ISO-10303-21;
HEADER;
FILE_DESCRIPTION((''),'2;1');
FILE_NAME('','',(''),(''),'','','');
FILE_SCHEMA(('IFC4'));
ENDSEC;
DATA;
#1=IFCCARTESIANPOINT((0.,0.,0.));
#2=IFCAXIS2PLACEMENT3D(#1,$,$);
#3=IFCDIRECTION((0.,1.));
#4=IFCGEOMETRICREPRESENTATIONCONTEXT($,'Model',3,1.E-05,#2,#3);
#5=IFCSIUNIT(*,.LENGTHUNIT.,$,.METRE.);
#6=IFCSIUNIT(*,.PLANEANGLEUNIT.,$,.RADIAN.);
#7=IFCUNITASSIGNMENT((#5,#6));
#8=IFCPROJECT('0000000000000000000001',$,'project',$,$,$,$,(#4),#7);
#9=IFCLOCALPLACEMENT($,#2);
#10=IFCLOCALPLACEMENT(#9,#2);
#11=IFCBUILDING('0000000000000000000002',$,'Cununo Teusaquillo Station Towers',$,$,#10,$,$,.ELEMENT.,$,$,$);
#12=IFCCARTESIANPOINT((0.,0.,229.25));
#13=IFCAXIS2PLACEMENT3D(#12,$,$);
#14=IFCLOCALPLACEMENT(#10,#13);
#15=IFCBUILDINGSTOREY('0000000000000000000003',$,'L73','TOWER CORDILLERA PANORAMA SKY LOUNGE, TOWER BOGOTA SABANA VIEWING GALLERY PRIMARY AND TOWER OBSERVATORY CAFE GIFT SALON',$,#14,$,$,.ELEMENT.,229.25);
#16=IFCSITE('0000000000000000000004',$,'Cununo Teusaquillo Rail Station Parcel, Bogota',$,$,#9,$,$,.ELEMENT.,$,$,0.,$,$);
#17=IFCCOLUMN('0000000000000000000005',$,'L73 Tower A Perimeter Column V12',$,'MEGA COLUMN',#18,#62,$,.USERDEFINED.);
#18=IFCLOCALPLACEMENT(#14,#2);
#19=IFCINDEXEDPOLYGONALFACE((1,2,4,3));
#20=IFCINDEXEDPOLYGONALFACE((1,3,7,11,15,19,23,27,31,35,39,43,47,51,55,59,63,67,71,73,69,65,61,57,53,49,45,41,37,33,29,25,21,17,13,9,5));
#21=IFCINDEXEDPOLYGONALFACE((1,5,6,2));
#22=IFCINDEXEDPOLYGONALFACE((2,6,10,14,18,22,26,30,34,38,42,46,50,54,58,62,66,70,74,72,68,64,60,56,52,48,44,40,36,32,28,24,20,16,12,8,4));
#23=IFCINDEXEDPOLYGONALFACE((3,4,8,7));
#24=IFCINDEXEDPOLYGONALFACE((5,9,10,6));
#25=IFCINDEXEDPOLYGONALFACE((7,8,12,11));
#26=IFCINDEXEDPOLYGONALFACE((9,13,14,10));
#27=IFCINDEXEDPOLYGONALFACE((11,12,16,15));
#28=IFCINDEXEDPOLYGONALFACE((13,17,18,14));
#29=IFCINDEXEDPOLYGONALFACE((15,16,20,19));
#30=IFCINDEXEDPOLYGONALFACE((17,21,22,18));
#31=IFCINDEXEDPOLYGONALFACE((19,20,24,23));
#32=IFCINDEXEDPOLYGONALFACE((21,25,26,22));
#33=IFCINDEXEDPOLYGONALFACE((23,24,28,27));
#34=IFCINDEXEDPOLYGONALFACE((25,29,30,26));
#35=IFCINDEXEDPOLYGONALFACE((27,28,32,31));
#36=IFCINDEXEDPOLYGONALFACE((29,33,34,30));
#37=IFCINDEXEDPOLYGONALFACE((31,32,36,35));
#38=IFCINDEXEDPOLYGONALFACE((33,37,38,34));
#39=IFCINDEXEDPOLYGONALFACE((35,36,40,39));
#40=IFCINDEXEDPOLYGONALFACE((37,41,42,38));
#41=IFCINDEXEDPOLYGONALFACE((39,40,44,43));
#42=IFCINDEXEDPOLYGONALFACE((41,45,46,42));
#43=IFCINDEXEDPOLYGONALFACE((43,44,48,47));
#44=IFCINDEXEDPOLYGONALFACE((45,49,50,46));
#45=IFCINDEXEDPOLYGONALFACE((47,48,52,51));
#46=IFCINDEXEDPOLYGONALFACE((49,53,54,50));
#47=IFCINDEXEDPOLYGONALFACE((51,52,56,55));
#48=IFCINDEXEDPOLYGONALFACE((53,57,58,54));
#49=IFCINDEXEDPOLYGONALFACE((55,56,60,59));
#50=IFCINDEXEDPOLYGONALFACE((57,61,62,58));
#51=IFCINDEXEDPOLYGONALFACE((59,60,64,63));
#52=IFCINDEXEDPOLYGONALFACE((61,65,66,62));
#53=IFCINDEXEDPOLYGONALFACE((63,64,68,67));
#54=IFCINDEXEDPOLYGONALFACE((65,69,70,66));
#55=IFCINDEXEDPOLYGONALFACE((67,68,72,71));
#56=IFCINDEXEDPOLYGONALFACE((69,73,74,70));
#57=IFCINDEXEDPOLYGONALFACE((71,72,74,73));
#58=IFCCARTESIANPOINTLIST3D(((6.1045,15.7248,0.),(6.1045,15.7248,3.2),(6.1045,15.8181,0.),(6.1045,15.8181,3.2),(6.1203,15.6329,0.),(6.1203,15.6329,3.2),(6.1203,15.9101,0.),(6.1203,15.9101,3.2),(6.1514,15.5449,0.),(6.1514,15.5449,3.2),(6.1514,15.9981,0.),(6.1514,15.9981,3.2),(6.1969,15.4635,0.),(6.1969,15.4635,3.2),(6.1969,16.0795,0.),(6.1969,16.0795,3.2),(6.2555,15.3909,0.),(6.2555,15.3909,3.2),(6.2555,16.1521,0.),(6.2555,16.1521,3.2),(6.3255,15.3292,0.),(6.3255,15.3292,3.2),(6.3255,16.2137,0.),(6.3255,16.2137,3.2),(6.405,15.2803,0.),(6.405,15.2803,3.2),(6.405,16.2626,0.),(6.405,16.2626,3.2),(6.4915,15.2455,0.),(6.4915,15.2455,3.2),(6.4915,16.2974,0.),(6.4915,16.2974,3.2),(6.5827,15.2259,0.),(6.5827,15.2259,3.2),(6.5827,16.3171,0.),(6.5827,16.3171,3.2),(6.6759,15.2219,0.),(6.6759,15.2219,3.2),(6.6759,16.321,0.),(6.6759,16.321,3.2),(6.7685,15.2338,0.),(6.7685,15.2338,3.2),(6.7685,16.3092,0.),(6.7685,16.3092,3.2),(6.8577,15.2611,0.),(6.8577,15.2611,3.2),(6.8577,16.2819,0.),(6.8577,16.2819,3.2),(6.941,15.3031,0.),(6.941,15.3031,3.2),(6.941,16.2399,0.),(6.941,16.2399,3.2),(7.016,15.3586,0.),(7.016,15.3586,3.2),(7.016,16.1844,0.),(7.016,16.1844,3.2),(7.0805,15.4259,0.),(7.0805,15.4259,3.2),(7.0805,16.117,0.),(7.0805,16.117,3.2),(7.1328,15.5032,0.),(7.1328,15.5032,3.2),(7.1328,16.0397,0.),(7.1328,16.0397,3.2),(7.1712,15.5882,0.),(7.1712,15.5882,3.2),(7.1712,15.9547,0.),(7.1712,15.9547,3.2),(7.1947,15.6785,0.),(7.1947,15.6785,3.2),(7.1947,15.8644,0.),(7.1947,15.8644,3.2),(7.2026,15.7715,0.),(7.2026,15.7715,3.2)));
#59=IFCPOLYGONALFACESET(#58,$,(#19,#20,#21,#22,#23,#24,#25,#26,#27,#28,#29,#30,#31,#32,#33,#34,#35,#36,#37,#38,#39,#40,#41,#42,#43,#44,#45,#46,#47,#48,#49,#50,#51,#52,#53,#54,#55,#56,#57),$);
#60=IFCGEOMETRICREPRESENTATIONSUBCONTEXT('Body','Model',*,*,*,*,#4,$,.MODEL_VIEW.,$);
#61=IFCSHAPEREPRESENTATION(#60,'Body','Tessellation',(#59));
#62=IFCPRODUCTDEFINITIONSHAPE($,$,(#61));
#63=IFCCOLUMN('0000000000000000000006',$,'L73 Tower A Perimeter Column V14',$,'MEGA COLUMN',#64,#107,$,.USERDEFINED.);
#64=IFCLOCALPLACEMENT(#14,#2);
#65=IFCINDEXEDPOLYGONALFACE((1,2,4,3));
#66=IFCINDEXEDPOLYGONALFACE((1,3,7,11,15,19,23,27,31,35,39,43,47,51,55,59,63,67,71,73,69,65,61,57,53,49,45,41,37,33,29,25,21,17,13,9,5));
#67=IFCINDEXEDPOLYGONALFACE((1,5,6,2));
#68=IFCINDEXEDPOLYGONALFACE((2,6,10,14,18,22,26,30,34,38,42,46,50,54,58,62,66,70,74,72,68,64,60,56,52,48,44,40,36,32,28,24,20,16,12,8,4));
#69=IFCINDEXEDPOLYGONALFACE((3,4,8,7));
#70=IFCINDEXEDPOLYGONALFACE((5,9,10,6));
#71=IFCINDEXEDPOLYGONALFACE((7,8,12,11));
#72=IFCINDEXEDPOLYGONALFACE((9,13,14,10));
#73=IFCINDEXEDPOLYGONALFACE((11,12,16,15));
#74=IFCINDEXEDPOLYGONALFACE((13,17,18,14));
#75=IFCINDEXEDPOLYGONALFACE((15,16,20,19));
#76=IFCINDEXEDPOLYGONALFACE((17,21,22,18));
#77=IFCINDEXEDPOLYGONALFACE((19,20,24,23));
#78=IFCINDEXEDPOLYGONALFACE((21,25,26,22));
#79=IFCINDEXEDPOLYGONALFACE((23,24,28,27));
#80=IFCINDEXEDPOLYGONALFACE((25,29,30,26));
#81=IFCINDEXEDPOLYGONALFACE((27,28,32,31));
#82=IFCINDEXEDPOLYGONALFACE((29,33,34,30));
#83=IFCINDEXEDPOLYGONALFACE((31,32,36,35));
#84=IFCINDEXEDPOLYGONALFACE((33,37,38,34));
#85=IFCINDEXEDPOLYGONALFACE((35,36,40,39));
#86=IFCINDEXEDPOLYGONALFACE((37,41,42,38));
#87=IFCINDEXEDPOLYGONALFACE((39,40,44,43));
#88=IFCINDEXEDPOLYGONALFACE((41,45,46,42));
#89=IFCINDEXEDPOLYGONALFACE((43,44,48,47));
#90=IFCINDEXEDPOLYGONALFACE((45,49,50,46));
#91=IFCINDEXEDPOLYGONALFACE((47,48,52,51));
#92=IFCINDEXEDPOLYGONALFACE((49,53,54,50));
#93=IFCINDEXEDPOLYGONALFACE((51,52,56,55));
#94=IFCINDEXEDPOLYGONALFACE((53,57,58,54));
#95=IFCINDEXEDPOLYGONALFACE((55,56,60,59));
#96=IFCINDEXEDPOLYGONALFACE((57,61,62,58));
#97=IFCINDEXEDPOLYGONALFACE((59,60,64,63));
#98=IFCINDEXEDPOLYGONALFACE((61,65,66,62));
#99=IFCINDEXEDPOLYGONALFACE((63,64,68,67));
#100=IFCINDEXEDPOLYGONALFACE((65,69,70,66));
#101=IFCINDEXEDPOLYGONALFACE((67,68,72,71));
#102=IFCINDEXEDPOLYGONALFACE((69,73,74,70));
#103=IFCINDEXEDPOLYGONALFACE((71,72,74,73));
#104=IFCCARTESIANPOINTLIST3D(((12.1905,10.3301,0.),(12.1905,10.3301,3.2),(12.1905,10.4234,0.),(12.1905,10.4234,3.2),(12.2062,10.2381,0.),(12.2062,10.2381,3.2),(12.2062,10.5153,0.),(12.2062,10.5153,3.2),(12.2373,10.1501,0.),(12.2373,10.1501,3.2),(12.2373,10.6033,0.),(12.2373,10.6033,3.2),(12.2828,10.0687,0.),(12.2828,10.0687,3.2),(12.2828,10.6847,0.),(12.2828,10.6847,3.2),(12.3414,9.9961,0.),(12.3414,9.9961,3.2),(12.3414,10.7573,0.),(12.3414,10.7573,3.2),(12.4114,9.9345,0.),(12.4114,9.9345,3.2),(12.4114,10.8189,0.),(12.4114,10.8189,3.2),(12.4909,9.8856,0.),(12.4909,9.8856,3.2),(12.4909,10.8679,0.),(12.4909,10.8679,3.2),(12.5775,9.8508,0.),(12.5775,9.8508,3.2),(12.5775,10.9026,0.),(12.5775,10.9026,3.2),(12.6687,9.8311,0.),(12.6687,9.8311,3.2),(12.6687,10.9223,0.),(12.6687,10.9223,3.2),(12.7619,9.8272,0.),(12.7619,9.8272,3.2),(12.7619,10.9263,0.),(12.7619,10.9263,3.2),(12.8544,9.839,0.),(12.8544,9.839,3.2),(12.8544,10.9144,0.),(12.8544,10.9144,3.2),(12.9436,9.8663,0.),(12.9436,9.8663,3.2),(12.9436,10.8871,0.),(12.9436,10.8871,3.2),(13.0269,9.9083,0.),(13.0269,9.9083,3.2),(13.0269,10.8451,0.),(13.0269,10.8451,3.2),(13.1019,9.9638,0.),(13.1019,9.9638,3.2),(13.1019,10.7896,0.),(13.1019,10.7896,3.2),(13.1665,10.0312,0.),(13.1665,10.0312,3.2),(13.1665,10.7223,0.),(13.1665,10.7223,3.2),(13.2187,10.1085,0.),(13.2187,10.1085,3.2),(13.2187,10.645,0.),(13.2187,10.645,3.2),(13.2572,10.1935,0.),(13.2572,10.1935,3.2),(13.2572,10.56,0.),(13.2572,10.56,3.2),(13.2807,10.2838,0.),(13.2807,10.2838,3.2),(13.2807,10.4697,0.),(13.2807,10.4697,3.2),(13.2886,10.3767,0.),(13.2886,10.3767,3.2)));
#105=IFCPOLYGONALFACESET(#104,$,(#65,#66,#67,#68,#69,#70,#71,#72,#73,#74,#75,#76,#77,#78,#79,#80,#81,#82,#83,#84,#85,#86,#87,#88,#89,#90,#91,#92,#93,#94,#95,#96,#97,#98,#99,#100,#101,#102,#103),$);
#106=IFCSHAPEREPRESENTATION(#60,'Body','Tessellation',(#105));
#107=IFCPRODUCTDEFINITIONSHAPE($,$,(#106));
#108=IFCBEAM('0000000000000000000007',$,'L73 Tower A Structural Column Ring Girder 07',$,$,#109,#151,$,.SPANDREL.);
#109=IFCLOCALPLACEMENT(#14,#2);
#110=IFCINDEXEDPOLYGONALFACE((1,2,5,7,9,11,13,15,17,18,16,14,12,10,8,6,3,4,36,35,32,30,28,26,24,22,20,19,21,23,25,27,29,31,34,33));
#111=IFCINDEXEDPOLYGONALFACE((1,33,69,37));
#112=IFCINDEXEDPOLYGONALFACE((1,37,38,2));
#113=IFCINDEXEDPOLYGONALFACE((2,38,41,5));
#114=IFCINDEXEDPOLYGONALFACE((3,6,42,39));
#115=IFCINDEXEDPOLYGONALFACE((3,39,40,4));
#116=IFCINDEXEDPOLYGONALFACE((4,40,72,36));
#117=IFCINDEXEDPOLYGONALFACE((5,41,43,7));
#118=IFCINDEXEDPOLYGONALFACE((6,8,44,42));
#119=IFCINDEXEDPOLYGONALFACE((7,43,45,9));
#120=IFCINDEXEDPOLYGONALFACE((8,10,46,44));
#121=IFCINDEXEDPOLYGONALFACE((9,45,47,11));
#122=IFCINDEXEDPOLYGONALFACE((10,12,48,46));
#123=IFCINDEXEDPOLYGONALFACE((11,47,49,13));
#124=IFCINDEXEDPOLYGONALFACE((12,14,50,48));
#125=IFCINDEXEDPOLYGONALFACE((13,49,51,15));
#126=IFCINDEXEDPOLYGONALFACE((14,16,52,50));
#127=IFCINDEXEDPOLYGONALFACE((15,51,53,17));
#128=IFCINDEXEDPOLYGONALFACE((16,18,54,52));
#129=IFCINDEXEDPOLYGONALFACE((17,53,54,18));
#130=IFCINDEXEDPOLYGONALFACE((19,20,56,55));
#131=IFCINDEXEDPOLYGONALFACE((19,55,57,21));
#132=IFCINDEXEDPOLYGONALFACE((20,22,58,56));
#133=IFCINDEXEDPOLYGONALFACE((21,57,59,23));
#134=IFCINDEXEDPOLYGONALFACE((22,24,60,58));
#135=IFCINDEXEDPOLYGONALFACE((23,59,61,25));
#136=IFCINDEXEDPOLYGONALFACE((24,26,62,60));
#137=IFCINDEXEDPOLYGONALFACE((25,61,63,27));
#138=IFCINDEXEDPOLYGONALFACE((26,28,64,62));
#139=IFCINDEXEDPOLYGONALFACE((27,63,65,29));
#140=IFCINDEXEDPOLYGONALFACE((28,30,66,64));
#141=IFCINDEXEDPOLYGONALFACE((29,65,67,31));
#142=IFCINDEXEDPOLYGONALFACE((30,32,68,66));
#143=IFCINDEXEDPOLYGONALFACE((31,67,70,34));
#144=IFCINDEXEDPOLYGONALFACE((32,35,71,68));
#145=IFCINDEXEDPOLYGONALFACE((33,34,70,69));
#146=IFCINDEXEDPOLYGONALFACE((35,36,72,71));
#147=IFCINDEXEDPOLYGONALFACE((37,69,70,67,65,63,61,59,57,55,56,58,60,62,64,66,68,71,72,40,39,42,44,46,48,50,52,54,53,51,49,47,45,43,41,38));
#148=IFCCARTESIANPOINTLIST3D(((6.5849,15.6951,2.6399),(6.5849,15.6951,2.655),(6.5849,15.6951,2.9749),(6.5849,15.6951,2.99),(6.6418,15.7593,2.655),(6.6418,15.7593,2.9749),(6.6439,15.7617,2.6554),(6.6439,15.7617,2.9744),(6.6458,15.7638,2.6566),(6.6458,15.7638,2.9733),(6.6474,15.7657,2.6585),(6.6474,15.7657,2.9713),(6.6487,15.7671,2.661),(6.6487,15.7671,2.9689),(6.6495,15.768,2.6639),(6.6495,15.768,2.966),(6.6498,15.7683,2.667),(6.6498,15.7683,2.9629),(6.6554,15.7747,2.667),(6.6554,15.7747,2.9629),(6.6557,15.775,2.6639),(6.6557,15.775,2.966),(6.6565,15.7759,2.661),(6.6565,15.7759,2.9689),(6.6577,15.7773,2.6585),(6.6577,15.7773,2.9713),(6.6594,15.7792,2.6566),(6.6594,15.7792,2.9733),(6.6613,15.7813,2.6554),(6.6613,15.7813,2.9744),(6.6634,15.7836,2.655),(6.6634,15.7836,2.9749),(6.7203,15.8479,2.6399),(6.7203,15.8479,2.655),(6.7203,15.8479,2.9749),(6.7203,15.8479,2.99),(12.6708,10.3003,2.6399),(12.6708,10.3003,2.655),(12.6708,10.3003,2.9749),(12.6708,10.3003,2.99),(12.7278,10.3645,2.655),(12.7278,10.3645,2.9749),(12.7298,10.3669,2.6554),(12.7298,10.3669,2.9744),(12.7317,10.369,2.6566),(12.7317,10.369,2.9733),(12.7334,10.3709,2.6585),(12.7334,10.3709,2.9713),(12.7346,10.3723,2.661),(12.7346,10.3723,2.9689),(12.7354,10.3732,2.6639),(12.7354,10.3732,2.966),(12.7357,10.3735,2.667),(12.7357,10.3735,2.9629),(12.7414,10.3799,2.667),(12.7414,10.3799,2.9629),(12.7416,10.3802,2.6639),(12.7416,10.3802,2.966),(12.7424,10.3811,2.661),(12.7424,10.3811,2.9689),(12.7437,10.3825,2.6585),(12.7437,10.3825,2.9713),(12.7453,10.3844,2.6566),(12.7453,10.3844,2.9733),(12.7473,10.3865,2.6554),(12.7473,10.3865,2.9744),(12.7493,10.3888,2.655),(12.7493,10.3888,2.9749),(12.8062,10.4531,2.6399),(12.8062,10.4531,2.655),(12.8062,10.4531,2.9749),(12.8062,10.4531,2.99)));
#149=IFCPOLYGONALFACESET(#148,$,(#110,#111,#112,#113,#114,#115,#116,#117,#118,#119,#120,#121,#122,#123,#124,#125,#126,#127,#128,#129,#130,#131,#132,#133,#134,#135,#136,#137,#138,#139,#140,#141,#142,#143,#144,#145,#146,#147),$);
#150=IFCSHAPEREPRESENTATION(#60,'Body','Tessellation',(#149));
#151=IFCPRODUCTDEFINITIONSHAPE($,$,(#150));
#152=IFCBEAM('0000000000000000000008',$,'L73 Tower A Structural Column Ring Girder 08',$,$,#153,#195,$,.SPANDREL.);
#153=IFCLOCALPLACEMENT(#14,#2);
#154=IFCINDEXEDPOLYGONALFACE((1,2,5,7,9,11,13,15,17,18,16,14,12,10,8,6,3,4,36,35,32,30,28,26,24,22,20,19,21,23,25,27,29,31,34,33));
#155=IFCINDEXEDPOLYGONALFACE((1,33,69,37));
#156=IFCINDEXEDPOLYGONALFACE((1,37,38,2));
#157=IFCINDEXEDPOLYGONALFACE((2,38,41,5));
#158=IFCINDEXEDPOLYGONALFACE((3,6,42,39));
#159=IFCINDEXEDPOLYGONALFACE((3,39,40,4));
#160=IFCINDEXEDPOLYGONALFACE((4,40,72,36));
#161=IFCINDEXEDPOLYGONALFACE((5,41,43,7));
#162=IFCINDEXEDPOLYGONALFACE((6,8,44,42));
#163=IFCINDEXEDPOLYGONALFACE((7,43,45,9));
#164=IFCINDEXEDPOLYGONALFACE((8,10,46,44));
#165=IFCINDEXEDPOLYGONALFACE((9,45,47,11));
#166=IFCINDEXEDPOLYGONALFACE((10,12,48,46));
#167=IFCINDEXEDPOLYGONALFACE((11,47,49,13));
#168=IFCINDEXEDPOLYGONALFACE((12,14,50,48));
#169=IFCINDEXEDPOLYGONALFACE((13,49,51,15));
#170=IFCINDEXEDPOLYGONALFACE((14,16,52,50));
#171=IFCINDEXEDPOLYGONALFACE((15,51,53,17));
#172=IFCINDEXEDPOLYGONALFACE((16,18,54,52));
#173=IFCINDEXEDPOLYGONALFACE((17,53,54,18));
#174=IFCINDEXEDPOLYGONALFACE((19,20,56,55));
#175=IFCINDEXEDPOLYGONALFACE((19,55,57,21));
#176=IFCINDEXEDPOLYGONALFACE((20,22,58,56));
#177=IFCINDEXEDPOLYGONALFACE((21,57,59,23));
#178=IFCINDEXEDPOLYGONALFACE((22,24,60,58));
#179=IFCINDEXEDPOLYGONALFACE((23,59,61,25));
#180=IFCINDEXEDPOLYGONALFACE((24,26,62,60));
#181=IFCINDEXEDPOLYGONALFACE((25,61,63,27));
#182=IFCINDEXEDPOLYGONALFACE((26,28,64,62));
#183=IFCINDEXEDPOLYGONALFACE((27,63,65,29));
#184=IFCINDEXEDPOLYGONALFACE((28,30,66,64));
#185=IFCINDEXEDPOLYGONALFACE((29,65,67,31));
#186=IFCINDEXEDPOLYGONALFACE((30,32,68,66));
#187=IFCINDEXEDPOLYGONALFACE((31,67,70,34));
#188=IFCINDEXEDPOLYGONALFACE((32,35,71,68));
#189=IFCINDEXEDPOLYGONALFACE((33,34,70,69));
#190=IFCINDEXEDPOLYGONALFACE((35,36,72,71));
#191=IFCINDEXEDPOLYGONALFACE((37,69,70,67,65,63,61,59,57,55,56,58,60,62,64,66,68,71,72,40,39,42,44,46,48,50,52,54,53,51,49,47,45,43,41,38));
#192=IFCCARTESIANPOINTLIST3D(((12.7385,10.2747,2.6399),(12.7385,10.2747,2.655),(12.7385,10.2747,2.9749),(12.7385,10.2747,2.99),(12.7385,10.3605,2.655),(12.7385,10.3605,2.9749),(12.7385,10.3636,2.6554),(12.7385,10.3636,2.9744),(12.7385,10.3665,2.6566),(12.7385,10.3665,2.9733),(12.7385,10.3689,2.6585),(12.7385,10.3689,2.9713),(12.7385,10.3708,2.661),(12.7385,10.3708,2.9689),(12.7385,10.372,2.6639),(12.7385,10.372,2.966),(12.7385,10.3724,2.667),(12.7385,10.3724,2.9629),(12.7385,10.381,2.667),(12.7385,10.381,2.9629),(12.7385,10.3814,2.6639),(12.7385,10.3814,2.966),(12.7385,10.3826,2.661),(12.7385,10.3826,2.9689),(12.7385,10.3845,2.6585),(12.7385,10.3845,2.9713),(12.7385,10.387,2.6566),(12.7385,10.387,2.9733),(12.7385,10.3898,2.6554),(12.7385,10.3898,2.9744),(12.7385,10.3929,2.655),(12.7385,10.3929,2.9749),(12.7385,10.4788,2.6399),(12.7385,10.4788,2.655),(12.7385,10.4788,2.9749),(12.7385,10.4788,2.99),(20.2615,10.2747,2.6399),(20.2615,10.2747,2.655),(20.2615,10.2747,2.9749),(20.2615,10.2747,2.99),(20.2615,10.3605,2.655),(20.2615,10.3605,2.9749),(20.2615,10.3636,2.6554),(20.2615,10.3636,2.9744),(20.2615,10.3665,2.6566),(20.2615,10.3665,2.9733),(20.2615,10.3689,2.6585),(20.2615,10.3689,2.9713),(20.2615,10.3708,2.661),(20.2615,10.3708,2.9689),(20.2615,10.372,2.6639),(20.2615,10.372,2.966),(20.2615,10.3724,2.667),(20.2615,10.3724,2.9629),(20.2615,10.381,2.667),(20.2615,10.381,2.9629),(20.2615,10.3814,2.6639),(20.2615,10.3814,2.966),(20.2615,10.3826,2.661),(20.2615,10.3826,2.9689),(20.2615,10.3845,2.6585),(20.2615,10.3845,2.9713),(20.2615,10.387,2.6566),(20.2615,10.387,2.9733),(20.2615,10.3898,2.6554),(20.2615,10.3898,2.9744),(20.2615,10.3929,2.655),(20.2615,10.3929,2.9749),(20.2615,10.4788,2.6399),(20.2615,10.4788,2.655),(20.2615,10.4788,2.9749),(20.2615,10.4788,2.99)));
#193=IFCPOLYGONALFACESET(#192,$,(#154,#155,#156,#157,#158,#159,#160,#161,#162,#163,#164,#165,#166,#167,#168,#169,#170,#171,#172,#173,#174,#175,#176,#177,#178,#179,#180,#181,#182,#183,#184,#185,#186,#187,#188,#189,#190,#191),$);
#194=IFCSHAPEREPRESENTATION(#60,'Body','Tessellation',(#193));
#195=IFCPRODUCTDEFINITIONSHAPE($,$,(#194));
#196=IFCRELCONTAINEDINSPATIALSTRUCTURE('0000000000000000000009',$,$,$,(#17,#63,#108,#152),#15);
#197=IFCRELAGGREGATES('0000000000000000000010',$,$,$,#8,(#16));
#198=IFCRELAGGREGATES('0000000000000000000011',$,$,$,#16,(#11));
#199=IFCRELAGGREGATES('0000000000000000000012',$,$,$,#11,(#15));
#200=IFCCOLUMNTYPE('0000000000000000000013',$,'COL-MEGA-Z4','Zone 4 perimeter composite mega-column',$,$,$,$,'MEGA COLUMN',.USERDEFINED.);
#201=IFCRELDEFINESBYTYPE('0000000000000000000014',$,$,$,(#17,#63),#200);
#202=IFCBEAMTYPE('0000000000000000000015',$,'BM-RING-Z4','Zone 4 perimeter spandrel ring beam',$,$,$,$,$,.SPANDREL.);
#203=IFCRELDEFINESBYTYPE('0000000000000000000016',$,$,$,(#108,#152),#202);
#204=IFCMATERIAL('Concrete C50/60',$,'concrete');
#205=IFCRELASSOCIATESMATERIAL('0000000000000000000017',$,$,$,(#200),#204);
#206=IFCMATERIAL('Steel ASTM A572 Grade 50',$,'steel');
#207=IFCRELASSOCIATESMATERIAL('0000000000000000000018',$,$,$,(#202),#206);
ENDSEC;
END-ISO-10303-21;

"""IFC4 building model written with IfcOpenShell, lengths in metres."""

from ifc_helpers import new_model, si_unit, direction, frame, origin, origin_2d, place, context, subcontext, project, spatial, circle, i_section, extrude, material, material_profile, profile_set, type_object, element, save


model = new_model("IFC4")

# Units and contexts
model_context = context("Model", 3, precision=1e-05, world=origin(), true_north=direction((0.0, 1.0)))
body_context = subcontext(model_context, "Body", "Model", "MODEL_VIEW")
ifc_project = project(units=[si_unit("LENGTHUNIT", "METRE"), si_unit("PLANEANGLEUNIT", "RADIAN")], contexts=[model_context])

# Site, building, storey
site_placement = place(None, origin())
site = spatial("IfcSite", under=ifc_project, at=site_placement, Name="Cununo Teusaquillo Rail Station Parcel, Bogota", CompositionType="ELEMENT", RefElevation=0.0)
building_placement = place(site_placement, origin())
building = spatial("IfcBuilding", under=site, at=building_placement, Name="Cununo Teusaquillo Station Towers", CompositionType="ELEMENT")
storey_placement = place(building_placement, frame((0.0, 0.0, 229.25)))
storey = spatial("IfcBuildingStorey", under=building, at=storey_placement, Name="L73", Description="TOWER CORDILLERA PANORAMA SKY LOUNGE, TOWER BOGOTA SABANA VIEWING GALLERY PRIMARY AND TOWER OBSERVATORY CAFE GIFT SALON", CompositionType="ELEMENT", Elevation=229.25)

# Columns
ifc_material_1 = material(Name="Concrete C50/60", Category="concrete")
ifc_material_profile_1 = material_profile(ifc_material_1, circle(Radius=0.55, at=origin_2d()), Name="RC-CIRC-1100")
ifc_profile_set_1 = profile_set([ifc_material_profile_1], Name="Concrete C50/60")
column_type = type_object("IfcColumnType", Name="COL-MEGA-Z4", Description="Zone 4 perimeter composite mega-column", ElementType="MEGA COLUMN", PredefinedType="USERDEFINED", material=ifc_profile_set_1)
for number, where, z_axis, x_axis, name in (
    (1, (6.6526, 15.7715, 0.0), (0.0, 0.0, 1.0), (1.0, 0.0, 0.0), "L73 Tower A Perimeter Column V12"),
    (2, (12.7385, 10.3767, 0.0), (0.0, 0.0, 1.0), (1.0, 0.0, 0.0), "L73 Tower A Perimeter Column V14"),
):
    element("IfcColumn", number, at=place(storey_placement, frame(where, z_axis=z_axis, x_axis=x_axis)), inside=storey, type_object=column_type, Name=name, ObjectType="MEGA COLUMN", PredefinedType="USERDEFINED", context=body_context, shape_type="SweptSolid", body=[
        extrude(circle(Radius=0.55, at=origin_2d()), origin(), (0.0, 0.0, 1.0), 3.2),
    ])

# Beams
ifc_material_2 = material(Name="Steel ASTM A572 Grade 50", Category="steel")
ifc_material_profile_2 = material_profile(ifc_material_2, i_section(OverallWidth=0.2041, OverallDepth=0.3501, WebThickness=0.0085, FlangeThickness=0.0151, FilletRadius=0.012, at=origin_2d()), Name="W14X48")
ifc_profile_set_2 = profile_set([ifc_material_profile_2], Name="Steel ASTM A572 Grade 50")
beam_type_1 = type_object("IfcBeamType", Name="BM-RING-Z4", Description="Zone 4 perimeter spandrel ring beam", PredefinedType="SPANDREL", material=ifc_profile_set_2)
beam_1_placement = place(storey_placement, frame((6.6526, 15.7715, 2.8149), z_axis=(0.748321, -0.663337, 0.0), x_axis=(0.663337, 0.748321, 0.0)))
element("IfcBeam", 3, at=beam_1_placement, inside=storey, type_object=beam_type_1, Name="L73 Tower A Structural Column Ring Girder 07", PredefinedType="SPANDREL", context=body_context, shape_type="SweptSolid", body=[
    extrude(i_section(OverallWidth=0.2041, OverallDepth=0.3501, WebThickness=0.0085, FlangeThickness=0.0151, FilletRadius=0.012, at=origin_2d()), origin(), (0.0, 0.0, 1.0), 8.1328),
])
beam_2_placement = place(storey_placement, frame((12.7385, 10.3767, 2.8149), z_axis=(1.0, 0.0, 0.0), x_axis=(0.0, 1.0, 0.0)))
element("IfcBeam", 4, at=beam_2_placement, inside=storey, type_object=beam_type_1, Name="L73 Tower A Structural Column Ring Girder 08", PredefinedType="SPANDREL", context=body_context, shape_type="SweptSolid", body=[
    extrude(i_section(OverallWidth=0.2041, OverallDepth=0.3501, WebThickness=0.0085, FlangeThickness=0.0151, FilletRadius=0.012, at=origin_2d()), origin(), (0.0, 0.0, 1.0), 7.5229),
])

save(model, "model.ifc")
